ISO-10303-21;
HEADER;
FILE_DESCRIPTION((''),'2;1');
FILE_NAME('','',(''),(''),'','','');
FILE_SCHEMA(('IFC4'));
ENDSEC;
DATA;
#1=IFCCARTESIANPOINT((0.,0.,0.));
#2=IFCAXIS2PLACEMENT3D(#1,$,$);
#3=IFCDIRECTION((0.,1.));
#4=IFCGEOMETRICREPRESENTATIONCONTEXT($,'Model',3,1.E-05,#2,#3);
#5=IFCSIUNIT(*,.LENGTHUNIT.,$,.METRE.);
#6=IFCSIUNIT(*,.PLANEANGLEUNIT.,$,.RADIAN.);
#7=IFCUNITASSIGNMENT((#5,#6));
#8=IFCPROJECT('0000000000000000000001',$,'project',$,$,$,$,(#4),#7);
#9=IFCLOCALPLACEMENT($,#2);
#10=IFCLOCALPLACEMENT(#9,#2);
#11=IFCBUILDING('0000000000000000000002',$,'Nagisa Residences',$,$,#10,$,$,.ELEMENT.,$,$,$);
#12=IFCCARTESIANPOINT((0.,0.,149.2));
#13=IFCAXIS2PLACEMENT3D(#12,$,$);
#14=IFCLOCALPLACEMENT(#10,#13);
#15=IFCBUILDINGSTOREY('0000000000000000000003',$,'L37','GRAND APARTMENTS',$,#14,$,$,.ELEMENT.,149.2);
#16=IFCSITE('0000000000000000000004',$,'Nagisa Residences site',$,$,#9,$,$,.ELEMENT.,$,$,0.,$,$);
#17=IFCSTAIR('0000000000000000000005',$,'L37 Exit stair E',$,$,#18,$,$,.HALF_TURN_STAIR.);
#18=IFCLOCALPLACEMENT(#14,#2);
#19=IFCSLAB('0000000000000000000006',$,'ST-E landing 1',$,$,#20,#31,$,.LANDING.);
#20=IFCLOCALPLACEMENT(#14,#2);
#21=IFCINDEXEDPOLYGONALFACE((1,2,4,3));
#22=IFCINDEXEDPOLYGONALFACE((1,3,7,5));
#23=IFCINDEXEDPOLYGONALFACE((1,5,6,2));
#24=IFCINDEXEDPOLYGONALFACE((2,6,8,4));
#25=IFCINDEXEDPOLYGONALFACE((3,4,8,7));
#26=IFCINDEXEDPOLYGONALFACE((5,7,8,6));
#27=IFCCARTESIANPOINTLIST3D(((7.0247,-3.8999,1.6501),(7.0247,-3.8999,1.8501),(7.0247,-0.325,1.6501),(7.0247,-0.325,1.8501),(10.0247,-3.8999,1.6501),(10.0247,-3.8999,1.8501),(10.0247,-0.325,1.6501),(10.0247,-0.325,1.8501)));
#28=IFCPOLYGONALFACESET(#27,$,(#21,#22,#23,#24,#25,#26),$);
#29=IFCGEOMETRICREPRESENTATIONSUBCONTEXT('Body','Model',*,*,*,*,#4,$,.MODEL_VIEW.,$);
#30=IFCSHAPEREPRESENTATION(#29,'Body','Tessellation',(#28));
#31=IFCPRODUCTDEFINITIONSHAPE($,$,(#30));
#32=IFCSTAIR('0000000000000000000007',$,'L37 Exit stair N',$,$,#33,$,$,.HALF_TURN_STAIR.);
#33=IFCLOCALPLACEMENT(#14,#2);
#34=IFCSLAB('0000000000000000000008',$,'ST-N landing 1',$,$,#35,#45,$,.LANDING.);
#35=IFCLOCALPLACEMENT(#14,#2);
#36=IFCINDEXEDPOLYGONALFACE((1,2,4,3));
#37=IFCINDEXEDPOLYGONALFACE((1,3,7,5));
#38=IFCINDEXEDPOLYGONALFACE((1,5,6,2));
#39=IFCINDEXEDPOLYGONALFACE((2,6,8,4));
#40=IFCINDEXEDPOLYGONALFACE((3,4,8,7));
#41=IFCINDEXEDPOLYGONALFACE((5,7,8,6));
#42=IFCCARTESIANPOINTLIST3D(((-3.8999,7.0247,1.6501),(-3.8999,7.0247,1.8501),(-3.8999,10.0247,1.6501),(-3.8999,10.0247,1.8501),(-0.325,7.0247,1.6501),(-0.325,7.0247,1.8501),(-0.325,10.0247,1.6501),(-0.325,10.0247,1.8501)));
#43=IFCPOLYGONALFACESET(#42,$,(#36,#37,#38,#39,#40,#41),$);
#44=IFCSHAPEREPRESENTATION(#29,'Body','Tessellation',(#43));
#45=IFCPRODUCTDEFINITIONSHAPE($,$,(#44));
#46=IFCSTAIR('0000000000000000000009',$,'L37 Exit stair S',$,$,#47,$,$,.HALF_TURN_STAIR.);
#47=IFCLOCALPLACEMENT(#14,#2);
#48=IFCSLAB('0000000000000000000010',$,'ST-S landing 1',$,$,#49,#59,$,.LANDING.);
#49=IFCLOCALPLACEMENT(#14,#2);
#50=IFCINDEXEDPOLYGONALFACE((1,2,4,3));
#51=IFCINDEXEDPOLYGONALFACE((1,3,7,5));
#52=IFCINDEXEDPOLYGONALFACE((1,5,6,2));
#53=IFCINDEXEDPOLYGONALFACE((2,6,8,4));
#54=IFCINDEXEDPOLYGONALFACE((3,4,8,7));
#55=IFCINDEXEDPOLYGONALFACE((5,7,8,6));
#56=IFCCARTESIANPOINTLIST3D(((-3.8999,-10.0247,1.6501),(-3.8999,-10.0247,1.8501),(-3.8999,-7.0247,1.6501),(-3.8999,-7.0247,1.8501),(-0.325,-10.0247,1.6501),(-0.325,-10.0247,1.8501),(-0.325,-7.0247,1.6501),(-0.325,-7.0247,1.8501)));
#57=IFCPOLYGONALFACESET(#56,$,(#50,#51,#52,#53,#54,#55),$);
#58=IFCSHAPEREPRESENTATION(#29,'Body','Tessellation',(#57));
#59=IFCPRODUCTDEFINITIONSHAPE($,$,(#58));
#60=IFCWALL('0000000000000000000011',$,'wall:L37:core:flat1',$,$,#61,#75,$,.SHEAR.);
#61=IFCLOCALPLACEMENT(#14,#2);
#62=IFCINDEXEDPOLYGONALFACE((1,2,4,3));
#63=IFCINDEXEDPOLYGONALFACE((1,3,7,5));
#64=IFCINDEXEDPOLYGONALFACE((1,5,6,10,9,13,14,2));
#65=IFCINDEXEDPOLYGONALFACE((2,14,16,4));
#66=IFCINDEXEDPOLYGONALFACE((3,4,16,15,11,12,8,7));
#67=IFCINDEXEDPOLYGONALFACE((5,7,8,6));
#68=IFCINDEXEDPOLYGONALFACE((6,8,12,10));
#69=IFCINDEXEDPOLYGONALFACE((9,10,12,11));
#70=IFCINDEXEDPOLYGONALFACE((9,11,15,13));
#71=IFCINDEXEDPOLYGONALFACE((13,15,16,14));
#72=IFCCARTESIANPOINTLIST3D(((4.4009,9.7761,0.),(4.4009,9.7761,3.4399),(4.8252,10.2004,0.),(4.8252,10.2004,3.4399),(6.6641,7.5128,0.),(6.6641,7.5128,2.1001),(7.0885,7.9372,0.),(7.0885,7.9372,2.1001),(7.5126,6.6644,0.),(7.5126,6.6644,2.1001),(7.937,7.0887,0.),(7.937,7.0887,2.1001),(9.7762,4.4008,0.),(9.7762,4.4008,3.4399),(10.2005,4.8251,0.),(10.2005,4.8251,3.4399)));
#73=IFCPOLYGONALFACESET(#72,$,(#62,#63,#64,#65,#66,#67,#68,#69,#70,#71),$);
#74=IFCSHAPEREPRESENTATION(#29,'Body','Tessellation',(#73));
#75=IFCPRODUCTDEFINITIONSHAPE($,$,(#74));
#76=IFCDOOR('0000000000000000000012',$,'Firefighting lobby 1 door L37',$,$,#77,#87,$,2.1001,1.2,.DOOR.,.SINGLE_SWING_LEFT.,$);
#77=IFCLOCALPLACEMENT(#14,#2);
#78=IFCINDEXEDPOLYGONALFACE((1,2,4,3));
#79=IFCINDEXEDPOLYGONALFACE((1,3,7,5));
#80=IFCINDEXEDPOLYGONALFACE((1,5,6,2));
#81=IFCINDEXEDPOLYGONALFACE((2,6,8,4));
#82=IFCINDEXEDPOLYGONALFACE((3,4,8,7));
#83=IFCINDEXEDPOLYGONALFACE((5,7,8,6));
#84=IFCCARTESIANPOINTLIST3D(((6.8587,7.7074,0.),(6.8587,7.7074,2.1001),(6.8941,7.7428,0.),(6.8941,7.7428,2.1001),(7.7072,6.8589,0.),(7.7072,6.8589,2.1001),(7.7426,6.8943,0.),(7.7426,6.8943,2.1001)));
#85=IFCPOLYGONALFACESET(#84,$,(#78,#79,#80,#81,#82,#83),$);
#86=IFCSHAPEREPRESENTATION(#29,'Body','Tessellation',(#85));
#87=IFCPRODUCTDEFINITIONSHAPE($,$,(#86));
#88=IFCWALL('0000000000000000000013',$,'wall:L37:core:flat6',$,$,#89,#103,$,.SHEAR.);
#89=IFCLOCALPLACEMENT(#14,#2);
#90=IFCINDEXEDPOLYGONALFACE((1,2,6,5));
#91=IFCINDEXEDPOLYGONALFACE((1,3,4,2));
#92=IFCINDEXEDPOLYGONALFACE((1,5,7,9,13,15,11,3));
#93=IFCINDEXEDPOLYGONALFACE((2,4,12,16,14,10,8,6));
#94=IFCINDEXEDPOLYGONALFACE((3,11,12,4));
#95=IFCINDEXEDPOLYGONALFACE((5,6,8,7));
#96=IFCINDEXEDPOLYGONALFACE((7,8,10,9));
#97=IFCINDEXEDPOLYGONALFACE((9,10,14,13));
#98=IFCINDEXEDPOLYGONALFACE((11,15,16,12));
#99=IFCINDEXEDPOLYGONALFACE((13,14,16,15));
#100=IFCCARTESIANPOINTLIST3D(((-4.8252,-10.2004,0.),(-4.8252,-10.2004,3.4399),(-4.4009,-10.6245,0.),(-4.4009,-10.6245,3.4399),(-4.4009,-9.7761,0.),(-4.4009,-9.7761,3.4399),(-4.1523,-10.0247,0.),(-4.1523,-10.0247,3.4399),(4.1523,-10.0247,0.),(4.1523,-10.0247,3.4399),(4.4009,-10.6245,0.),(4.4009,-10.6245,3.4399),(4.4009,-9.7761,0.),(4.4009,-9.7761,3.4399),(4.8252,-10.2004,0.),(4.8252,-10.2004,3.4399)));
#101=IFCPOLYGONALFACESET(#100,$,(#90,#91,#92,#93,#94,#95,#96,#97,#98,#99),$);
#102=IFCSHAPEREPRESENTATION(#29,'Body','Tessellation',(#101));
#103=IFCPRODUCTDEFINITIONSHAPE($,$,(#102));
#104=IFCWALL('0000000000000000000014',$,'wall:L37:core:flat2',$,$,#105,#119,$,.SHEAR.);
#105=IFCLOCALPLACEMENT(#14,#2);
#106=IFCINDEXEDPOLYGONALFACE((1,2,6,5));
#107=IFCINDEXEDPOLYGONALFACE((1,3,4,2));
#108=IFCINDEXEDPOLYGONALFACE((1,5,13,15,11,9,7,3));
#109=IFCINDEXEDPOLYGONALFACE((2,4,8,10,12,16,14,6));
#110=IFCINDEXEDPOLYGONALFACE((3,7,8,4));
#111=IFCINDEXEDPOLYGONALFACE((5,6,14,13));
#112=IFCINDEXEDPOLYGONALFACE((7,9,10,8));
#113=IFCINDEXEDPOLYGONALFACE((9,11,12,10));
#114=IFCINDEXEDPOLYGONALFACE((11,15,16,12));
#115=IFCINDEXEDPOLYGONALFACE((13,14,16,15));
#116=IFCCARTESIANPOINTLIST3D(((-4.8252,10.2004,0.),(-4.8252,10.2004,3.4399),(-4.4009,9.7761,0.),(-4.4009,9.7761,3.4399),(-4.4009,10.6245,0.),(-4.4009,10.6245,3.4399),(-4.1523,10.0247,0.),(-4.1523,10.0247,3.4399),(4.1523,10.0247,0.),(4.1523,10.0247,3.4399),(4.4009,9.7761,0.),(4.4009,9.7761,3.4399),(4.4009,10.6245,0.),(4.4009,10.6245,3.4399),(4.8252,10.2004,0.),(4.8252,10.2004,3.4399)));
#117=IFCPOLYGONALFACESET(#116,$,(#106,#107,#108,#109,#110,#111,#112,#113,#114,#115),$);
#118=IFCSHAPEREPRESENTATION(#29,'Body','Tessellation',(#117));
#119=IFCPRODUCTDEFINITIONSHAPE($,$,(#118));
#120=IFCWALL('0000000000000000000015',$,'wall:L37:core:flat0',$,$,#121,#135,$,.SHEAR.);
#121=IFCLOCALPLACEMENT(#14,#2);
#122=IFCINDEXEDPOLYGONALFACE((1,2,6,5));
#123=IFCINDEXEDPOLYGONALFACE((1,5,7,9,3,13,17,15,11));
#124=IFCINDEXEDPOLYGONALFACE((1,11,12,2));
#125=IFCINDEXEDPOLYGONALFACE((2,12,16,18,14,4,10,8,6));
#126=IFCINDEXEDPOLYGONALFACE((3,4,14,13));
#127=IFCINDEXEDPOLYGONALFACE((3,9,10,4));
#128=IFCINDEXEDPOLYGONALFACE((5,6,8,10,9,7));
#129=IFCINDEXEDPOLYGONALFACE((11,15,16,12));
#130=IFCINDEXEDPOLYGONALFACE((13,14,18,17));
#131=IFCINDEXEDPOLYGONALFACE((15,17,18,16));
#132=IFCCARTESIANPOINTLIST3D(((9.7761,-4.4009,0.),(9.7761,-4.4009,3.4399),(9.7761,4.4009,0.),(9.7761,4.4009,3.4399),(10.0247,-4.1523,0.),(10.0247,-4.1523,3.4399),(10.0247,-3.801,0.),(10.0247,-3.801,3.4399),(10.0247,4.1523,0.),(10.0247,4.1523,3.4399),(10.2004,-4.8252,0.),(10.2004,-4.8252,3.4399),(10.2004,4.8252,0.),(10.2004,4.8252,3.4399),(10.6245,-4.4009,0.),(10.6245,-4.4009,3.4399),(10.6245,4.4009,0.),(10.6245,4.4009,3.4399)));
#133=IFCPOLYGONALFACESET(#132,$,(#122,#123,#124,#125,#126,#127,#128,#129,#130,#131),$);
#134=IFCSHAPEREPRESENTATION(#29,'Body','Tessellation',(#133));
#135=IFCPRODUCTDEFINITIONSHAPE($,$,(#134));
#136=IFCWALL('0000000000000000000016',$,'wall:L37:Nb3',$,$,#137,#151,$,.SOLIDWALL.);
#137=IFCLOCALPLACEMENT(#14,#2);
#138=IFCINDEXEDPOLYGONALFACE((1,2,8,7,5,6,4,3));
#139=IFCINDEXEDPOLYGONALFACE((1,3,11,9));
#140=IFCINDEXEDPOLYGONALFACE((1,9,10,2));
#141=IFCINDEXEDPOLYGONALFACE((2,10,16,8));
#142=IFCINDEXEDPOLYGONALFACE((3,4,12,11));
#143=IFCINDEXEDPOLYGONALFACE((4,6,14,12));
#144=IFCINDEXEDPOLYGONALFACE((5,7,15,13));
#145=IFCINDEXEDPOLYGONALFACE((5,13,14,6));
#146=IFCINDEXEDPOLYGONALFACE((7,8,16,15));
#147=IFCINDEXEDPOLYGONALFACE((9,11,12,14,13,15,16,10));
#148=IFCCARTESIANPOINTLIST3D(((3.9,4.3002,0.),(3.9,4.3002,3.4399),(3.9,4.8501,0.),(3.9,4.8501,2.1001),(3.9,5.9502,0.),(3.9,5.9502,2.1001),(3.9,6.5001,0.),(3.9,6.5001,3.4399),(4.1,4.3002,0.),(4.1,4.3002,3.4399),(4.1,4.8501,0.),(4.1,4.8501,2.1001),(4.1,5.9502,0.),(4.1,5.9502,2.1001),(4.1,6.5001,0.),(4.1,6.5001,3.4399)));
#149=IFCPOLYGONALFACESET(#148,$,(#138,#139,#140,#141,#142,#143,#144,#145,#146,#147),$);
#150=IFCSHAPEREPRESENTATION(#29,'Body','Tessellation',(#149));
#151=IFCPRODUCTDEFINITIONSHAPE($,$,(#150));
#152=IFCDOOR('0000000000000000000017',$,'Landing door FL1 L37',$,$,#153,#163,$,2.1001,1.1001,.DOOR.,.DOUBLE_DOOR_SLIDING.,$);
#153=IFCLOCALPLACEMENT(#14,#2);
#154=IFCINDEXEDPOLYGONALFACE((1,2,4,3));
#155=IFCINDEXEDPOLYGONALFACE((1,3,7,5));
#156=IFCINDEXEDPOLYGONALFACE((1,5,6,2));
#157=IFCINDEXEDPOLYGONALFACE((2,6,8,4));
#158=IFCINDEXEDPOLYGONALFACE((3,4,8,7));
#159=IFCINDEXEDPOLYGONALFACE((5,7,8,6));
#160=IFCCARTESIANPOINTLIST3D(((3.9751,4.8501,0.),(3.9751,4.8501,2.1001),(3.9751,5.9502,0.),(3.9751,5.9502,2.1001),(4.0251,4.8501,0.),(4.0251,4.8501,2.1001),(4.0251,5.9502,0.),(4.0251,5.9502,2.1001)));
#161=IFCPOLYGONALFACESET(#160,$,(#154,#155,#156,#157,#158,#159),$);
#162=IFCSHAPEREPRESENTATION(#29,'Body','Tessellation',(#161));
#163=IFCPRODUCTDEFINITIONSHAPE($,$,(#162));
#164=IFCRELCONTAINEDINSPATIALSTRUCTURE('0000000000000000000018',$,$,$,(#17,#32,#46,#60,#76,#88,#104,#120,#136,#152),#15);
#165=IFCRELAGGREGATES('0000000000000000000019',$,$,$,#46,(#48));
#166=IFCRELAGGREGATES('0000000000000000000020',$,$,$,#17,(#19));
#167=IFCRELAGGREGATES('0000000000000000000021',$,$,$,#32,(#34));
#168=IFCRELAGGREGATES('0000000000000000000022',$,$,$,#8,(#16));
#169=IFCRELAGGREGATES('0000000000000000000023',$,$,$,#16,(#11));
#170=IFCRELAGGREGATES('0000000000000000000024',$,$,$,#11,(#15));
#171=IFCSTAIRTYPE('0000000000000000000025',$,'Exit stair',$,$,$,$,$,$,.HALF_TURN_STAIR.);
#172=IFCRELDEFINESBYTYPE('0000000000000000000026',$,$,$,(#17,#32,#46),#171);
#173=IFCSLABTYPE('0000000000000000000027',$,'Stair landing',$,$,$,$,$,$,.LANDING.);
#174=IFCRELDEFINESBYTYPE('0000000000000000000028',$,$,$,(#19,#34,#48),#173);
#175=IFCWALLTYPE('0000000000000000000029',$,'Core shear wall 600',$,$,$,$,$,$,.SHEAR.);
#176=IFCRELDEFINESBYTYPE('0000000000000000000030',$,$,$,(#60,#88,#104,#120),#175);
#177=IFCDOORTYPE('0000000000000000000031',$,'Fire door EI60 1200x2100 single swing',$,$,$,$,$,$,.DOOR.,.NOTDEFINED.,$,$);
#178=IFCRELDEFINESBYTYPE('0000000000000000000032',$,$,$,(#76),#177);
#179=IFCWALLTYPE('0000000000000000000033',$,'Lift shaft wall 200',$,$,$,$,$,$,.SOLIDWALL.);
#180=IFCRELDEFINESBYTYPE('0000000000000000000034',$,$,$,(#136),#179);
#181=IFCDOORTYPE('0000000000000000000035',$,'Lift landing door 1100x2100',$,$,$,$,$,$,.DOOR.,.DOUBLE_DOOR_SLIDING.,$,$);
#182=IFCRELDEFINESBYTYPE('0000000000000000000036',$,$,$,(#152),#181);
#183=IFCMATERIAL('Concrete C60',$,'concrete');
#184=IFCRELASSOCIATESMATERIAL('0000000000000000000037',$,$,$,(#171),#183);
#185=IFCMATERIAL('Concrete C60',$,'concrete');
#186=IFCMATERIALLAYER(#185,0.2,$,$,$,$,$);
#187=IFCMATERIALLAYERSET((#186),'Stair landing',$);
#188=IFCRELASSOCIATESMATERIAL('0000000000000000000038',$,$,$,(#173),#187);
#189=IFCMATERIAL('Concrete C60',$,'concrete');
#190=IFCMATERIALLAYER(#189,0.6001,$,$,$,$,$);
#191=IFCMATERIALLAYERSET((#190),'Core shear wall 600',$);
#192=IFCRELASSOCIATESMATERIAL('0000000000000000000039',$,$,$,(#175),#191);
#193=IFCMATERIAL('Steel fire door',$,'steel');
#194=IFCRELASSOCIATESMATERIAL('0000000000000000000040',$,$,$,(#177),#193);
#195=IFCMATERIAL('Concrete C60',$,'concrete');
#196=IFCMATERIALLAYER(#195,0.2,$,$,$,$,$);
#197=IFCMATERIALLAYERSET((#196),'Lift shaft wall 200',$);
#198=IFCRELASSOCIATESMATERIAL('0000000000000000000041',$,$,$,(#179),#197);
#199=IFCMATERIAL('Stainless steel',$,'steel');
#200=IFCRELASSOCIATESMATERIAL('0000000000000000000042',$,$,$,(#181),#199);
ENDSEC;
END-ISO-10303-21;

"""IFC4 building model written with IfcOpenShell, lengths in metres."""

from ifc_helpers import new_model, si_unit, direction, frame, frame_2d, origin, place, context, subcontext, project, spatial, polyline, rectangle, outline, extrude, material, layer, layer_set, type_object, element, fill, aggregate, save


model = new_model("IFC4")

# Units and contexts
model_context = context("Model", 3, precision=1e-05, world=origin(), true_north=direction((0.0, 1.0)))
body_context = subcontext(model_context, "Body", "Model", "MODEL_VIEW")
ifc_project = project(units=[si_unit("LENGTHUNIT", "METRE"), si_unit("PLANEANGLEUNIT", "RADIAN")], contexts=[model_context])

# Site, building, storey
site_placement = place(None, origin())
site = spatial("IfcSite", under=ifc_project, at=site_placement, Name="Nagisa Residences site", CompositionType="ELEMENT", RefElevation=0.0)
building_placement = place(site_placement, origin())
building = spatial("IfcBuilding", under=site, at=building_placement, Name="Nagisa Residences", CompositionType="ELEMENT")
storey_placement = place(building_placement, frame((0.0, 0.0, 149.2)))
storey = spatial("IfcBuildingStorey", under=building, at=storey_placement, Name="L37", Description="GRAND APARTMENTS", CompositionType="ELEMENT", Elevation=149.2)

# Stairs, slabs
ifc_material_1 = material(Name="Concrete C60", Category="concrete")
stair_type = type_object("IfcStairType", Name="Exit stair", PredefinedType="HALF_TURN_STAIR", material=ifc_material_1)
stair_1_placement = place(storey_placement, origin())
stair_1 = element("IfcStair", 1, at=stair_1_placement, inside=storey, type_object=stair_type, Name="L37 Exit stair E", PredefinedType="HALF_TURN_STAIR")
ifc_material_2 = material(Name="Concrete C60", Category="concrete")
ifc_layer_1 = layer(ifc_material_2, 0.2)
ifc_layer_set_1 = layer_set([ifc_layer_1], Name="Stair landing")
slab_type = type_object("IfcSlabType", Name="Stair landing", PredefinedType="LANDING", material=ifc_layer_set_1)
slab_1_placement = place(storey_placement, frame((0.0, 0.0, 1.6501)))
slab_1 = element("IfcSlab", 2, at=slab_1_placement, type_object=slab_type, Name="ST-E landing 1", PredefinedType="LANDING", context=body_context, shape_type="SweptSolid", body=[
    extrude(outline(polyline([(7.0247, -0.325), (7.0247, -3.8999), (10.0247, -3.8999), (10.0247, -0.325), (7.0247, -0.325)])), origin(), (0.0, 0.0, 1.0), 0.2),
])
stair_2_placement = place(storey_placement, origin())
stair_2 = element("IfcStair", 3, at=stair_2_placement, inside=storey, type_object=stair_type, Name="L37 Exit stair N", PredefinedType="HALF_TURN_STAIR")
slab_2_placement = place(storey_placement, frame((0.0, 0.0, 1.6501)))
slab_2 = element("IfcSlab", 4, at=slab_2_placement, type_object=slab_type, Name="ST-N landing 1", PredefinedType="LANDING", context=body_context, shape_type="SweptSolid", body=[
    extrude(outline(polyline([(-0.325, 10.0247), (-3.8999, 10.0247), (-3.8999, 7.0247), (-0.325, 7.0247), (-0.325, 10.0247)])), origin(), (0.0, 0.0, 1.0), 0.2),
])
stair_3_placement = place(storey_placement, origin())
stair_3 = element("IfcStair", 5, at=stair_3_placement, inside=storey, type_object=stair_type, Name="L37 Exit stair S", PredefinedType="HALF_TURN_STAIR")
slab_3_placement = place(storey_placement, frame((0.0, 0.0, 1.6501)))
slab_3 = element("IfcSlab", 6, at=slab_3_placement, type_object=slab_type, Name="ST-S landing 1", PredefinedType="LANDING", context=body_context, shape_type="SweptSolid", body=[
    extrude(outline(polyline([(-0.325, -7.0247), (-3.8999, -7.0247), (-3.8999, -10.0247), (-0.325, -10.0247), (-0.325, -7.0247)])), origin(), (0.0, 0.0, 1.0), 0.2),
])
aggregate(stair_3, [slab_3])

# Wall, opening, door
ifc_material_3 = material(Name="Concrete C60", Category="concrete")
ifc_layer_2 = layer(ifc_material_3, 0.6001)
ifc_layer_set_2 = layer_set([ifc_layer_2], Name="Core shear wall 600")
wall_type_1 = type_object("IfcWallType", Name="Core shear wall 600", PredefinedType="SHEAR", material=ifc_layer_set_2)
wall_1_placement = place(storey_placement, frame((9.9883, 4.613, 0.0), z_axis=(0.0, 0.0, 1.0), x_axis=(-0.707107, 0.707107, 0.0)))
wall_1 = element("IfcWall", 7, at=wall_1_placement, inside=storey, type_object=wall_type_1, Name="wall:L37:core:flat1", PredefinedType="SHEAR", context=body_context, shape_type="SweptSolid", body=[
    extrude(rectangle(XDim=7.6018, YDim=0.6001, at=frame_2d((3.8008, 0.0))), origin(), (0.0, 0.0, 1.0), 3.4399),
])
opening_1_placement = place(wall_1_placement, frame((3.2009, 0.0, 0.0)))
opening_1 = element("IfcOpeningElement", 8, at=opening_1_placement, cuts=wall_1, PredefinedType="OPENING", context=body_context, shape_type="SweptSolid", body=[
    extrude(rectangle(XDim=1.2, YDim=2.1001, at=frame_2d((0.6001, 1.05))), frame((0.0, 0.3101, 0.0), z_axis=(0.0, -1.0, 0.0), x_axis=(1.0, 0.0, 0.0)), (0.0, 0.0, 1.0), 0.6201),
])
ifc_material_4 = material(Name="Steel fire door", Category="steel")
door_type_1 = type_object("IfcDoorType", Name="Fire door EI60 1200x2100 single swing", OperationType="NOTDEFINED", PredefinedType="DOOR", material=ifc_material_4)
door_1_placement = place(opening_1_placement, origin())
door_1 = element("IfcDoor", 9, at=door_1_placement, inside=storey, type_object=door_type_1, Name="Firefighting lobby 1 door L37", OperationType="SINGLE_SWING_LEFT", OverallHeight=2.1001, OverallWidth=1.2, PredefinedType="DOOR", context=body_context, shape_type="SweptSolid", body=[
    extrude(rectangle(XDim=1.2, YDim=2.1001, at=frame_2d((0.6001, 1.05))), frame((0.0, 0.0249, 0.0), z_axis=(0.0, -1.0, 0.0), x_axis=(1.0, 0.0, 0.0)), (0.0, 0.0, 1.0), 0.05),
])
fill(opening_1, door_1)

# Walls
wall_2_placement = place(storey_placement, origin())
element("IfcWall", 10, at=wall_2_placement, inside=storey, type_object=wall_type_1, Name="wall:L37:core:flat6", PredefinedType="SHEAR", context=body_context, shape_type="SweptSolid", body=[
    extrude(outline(polyline([(-4.1523, -10.0247), (4.1523, -10.0247), (4.4009, -9.7761), (4.8252, -10.2004), (4.4009, -10.6245), (-4.4009, -10.6245), (-4.8252, -10.2004), (-4.4009, -9.7761), (-4.1523, -10.0247)])), origin(), (0.0, 0.0, 1.0), 3.4399),
])
wall_3_placement = place(storey_placement, origin())
element("IfcWall", 11, at=wall_3_placement, inside=storey, type_object=wall_type_1, Name="wall:L37:core:flat2", PredefinedType="SHEAR", context=body_context, shape_type="SweptSolid", body=[
    extrude(outline(polyline([(-4.1523, 10.0247), (-4.4009, 9.7761), (-4.8252, 10.2004), (-4.4009, 10.6245), (4.4009, 10.6245), (4.8252, 10.2004), (4.4009, 9.7761), (4.1523, 10.0247), (-4.1523, 10.0247)])), origin(), (0.0, 0.0, 1.0), 3.4399),
])
wall_4_placement = place(storey_placement, origin())
element("IfcWall", 12, at=wall_4_placement, inside=storey, type_object=wall_type_1, Name="wall:L37:core:flat0", PredefinedType="SHEAR", context=body_context, shape_type="SweptSolid", body=[
    extrude(outline(polyline([(9.7761, -4.4009), (10.0247, -4.1523), (10.0247, -3.801), (10.0247, 4.1523), (9.7761, 4.4009), (10.2004, 4.8252), (10.6245, 4.4009), (10.6245, -4.4009), (10.2004, -4.8252), (9.7761, -4.4009)])), origin(), (0.0, 0.0, 1.0), 3.4399),
])

# Wall, opening, door
ifc_material_5 = material(Name="Concrete C60", Category="concrete")
ifc_layer_3 = layer(ifc_material_5, 0.2)
ifc_layer_set_3 = layer_set([ifc_layer_3], Name="Lift shaft wall 200")
wall_type_2 = type_object("IfcWallType", Name="Lift shaft wall 200", PredefinedType="SOLIDWALL", material=ifc_layer_set_3)
wall_5_placement = place(storey_placement, frame((4.0, 4.3, 0.0), z_axis=(0.0, 0.0, 1.0), x_axis=(0.0, 1.0, 0.0)))
wall_5 = element("IfcWall", 13, at=wall_5_placement, inside=storey, type_object=wall_type_2, Name="wall:L37:Nb3", PredefinedType="SOLIDWALL", context=body_context, shape_type="SweptSolid", body=[
    extrude(rectangle(XDim=2.2, YDim=0.2, at=frame_2d((1.1001, 0.0))), origin(), (0.0, 0.0, 1.0), 3.4399),
])
opening_2_placement = place(wall_5_placement, frame((0.55, 0.0, 0.0)))
opening_2 = element("IfcOpeningElement", 14, at=opening_2_placement, cuts=wall_5, PredefinedType="OPENING", context=body_context, shape_type="SweptSolid", body=[
    extrude(rectangle(XDim=1.1001, YDim=2.1001, at=frame_2d((0.55, 1.05))), frame((0.0, 0.1099, 0.0), z_axis=(0.0, -1.0, 0.0), x_axis=(1.0, 0.0, 0.0)), (0.0, 0.0, 1.0), 0.22),
])
ifc_material_6 = material(Name="Stainless steel", Category="steel")
door_type_2 = type_object("IfcDoorType", Name="Lift landing door 1100x2100", OperationType="DOUBLE_DOOR_SLIDING", PredefinedType="DOOR", material=ifc_material_6)
door_2_placement = place(opening_2_placement, origin())
door_2 = element("IfcDoor", 15, at=door_2_placement, inside=storey, type_object=door_type_2, Name="Landing door FL1 L37", OperationType="DOUBLE_DOOR_SLIDING", OverallHeight=2.1001, OverallWidth=1.1001, PredefinedType="DOOR", context=body_context, shape_type="SweptSolid", body=[
    extrude(rectangle(XDim=1.1001, YDim=2.1001, at=frame_2d((0.55, 1.05))), frame((0.0, 0.0249, 0.0), z_axis=(0.0, -1.0, 0.0), x_axis=(1.0, 0.0, 0.0)), (0.0, 0.0, 1.0), 0.05),
])
fill(opening_2, door_2)

aggregate(stair_1, [slab_1])
aggregate(stair_2, [slab_2])

save(model, "model.ifc")
